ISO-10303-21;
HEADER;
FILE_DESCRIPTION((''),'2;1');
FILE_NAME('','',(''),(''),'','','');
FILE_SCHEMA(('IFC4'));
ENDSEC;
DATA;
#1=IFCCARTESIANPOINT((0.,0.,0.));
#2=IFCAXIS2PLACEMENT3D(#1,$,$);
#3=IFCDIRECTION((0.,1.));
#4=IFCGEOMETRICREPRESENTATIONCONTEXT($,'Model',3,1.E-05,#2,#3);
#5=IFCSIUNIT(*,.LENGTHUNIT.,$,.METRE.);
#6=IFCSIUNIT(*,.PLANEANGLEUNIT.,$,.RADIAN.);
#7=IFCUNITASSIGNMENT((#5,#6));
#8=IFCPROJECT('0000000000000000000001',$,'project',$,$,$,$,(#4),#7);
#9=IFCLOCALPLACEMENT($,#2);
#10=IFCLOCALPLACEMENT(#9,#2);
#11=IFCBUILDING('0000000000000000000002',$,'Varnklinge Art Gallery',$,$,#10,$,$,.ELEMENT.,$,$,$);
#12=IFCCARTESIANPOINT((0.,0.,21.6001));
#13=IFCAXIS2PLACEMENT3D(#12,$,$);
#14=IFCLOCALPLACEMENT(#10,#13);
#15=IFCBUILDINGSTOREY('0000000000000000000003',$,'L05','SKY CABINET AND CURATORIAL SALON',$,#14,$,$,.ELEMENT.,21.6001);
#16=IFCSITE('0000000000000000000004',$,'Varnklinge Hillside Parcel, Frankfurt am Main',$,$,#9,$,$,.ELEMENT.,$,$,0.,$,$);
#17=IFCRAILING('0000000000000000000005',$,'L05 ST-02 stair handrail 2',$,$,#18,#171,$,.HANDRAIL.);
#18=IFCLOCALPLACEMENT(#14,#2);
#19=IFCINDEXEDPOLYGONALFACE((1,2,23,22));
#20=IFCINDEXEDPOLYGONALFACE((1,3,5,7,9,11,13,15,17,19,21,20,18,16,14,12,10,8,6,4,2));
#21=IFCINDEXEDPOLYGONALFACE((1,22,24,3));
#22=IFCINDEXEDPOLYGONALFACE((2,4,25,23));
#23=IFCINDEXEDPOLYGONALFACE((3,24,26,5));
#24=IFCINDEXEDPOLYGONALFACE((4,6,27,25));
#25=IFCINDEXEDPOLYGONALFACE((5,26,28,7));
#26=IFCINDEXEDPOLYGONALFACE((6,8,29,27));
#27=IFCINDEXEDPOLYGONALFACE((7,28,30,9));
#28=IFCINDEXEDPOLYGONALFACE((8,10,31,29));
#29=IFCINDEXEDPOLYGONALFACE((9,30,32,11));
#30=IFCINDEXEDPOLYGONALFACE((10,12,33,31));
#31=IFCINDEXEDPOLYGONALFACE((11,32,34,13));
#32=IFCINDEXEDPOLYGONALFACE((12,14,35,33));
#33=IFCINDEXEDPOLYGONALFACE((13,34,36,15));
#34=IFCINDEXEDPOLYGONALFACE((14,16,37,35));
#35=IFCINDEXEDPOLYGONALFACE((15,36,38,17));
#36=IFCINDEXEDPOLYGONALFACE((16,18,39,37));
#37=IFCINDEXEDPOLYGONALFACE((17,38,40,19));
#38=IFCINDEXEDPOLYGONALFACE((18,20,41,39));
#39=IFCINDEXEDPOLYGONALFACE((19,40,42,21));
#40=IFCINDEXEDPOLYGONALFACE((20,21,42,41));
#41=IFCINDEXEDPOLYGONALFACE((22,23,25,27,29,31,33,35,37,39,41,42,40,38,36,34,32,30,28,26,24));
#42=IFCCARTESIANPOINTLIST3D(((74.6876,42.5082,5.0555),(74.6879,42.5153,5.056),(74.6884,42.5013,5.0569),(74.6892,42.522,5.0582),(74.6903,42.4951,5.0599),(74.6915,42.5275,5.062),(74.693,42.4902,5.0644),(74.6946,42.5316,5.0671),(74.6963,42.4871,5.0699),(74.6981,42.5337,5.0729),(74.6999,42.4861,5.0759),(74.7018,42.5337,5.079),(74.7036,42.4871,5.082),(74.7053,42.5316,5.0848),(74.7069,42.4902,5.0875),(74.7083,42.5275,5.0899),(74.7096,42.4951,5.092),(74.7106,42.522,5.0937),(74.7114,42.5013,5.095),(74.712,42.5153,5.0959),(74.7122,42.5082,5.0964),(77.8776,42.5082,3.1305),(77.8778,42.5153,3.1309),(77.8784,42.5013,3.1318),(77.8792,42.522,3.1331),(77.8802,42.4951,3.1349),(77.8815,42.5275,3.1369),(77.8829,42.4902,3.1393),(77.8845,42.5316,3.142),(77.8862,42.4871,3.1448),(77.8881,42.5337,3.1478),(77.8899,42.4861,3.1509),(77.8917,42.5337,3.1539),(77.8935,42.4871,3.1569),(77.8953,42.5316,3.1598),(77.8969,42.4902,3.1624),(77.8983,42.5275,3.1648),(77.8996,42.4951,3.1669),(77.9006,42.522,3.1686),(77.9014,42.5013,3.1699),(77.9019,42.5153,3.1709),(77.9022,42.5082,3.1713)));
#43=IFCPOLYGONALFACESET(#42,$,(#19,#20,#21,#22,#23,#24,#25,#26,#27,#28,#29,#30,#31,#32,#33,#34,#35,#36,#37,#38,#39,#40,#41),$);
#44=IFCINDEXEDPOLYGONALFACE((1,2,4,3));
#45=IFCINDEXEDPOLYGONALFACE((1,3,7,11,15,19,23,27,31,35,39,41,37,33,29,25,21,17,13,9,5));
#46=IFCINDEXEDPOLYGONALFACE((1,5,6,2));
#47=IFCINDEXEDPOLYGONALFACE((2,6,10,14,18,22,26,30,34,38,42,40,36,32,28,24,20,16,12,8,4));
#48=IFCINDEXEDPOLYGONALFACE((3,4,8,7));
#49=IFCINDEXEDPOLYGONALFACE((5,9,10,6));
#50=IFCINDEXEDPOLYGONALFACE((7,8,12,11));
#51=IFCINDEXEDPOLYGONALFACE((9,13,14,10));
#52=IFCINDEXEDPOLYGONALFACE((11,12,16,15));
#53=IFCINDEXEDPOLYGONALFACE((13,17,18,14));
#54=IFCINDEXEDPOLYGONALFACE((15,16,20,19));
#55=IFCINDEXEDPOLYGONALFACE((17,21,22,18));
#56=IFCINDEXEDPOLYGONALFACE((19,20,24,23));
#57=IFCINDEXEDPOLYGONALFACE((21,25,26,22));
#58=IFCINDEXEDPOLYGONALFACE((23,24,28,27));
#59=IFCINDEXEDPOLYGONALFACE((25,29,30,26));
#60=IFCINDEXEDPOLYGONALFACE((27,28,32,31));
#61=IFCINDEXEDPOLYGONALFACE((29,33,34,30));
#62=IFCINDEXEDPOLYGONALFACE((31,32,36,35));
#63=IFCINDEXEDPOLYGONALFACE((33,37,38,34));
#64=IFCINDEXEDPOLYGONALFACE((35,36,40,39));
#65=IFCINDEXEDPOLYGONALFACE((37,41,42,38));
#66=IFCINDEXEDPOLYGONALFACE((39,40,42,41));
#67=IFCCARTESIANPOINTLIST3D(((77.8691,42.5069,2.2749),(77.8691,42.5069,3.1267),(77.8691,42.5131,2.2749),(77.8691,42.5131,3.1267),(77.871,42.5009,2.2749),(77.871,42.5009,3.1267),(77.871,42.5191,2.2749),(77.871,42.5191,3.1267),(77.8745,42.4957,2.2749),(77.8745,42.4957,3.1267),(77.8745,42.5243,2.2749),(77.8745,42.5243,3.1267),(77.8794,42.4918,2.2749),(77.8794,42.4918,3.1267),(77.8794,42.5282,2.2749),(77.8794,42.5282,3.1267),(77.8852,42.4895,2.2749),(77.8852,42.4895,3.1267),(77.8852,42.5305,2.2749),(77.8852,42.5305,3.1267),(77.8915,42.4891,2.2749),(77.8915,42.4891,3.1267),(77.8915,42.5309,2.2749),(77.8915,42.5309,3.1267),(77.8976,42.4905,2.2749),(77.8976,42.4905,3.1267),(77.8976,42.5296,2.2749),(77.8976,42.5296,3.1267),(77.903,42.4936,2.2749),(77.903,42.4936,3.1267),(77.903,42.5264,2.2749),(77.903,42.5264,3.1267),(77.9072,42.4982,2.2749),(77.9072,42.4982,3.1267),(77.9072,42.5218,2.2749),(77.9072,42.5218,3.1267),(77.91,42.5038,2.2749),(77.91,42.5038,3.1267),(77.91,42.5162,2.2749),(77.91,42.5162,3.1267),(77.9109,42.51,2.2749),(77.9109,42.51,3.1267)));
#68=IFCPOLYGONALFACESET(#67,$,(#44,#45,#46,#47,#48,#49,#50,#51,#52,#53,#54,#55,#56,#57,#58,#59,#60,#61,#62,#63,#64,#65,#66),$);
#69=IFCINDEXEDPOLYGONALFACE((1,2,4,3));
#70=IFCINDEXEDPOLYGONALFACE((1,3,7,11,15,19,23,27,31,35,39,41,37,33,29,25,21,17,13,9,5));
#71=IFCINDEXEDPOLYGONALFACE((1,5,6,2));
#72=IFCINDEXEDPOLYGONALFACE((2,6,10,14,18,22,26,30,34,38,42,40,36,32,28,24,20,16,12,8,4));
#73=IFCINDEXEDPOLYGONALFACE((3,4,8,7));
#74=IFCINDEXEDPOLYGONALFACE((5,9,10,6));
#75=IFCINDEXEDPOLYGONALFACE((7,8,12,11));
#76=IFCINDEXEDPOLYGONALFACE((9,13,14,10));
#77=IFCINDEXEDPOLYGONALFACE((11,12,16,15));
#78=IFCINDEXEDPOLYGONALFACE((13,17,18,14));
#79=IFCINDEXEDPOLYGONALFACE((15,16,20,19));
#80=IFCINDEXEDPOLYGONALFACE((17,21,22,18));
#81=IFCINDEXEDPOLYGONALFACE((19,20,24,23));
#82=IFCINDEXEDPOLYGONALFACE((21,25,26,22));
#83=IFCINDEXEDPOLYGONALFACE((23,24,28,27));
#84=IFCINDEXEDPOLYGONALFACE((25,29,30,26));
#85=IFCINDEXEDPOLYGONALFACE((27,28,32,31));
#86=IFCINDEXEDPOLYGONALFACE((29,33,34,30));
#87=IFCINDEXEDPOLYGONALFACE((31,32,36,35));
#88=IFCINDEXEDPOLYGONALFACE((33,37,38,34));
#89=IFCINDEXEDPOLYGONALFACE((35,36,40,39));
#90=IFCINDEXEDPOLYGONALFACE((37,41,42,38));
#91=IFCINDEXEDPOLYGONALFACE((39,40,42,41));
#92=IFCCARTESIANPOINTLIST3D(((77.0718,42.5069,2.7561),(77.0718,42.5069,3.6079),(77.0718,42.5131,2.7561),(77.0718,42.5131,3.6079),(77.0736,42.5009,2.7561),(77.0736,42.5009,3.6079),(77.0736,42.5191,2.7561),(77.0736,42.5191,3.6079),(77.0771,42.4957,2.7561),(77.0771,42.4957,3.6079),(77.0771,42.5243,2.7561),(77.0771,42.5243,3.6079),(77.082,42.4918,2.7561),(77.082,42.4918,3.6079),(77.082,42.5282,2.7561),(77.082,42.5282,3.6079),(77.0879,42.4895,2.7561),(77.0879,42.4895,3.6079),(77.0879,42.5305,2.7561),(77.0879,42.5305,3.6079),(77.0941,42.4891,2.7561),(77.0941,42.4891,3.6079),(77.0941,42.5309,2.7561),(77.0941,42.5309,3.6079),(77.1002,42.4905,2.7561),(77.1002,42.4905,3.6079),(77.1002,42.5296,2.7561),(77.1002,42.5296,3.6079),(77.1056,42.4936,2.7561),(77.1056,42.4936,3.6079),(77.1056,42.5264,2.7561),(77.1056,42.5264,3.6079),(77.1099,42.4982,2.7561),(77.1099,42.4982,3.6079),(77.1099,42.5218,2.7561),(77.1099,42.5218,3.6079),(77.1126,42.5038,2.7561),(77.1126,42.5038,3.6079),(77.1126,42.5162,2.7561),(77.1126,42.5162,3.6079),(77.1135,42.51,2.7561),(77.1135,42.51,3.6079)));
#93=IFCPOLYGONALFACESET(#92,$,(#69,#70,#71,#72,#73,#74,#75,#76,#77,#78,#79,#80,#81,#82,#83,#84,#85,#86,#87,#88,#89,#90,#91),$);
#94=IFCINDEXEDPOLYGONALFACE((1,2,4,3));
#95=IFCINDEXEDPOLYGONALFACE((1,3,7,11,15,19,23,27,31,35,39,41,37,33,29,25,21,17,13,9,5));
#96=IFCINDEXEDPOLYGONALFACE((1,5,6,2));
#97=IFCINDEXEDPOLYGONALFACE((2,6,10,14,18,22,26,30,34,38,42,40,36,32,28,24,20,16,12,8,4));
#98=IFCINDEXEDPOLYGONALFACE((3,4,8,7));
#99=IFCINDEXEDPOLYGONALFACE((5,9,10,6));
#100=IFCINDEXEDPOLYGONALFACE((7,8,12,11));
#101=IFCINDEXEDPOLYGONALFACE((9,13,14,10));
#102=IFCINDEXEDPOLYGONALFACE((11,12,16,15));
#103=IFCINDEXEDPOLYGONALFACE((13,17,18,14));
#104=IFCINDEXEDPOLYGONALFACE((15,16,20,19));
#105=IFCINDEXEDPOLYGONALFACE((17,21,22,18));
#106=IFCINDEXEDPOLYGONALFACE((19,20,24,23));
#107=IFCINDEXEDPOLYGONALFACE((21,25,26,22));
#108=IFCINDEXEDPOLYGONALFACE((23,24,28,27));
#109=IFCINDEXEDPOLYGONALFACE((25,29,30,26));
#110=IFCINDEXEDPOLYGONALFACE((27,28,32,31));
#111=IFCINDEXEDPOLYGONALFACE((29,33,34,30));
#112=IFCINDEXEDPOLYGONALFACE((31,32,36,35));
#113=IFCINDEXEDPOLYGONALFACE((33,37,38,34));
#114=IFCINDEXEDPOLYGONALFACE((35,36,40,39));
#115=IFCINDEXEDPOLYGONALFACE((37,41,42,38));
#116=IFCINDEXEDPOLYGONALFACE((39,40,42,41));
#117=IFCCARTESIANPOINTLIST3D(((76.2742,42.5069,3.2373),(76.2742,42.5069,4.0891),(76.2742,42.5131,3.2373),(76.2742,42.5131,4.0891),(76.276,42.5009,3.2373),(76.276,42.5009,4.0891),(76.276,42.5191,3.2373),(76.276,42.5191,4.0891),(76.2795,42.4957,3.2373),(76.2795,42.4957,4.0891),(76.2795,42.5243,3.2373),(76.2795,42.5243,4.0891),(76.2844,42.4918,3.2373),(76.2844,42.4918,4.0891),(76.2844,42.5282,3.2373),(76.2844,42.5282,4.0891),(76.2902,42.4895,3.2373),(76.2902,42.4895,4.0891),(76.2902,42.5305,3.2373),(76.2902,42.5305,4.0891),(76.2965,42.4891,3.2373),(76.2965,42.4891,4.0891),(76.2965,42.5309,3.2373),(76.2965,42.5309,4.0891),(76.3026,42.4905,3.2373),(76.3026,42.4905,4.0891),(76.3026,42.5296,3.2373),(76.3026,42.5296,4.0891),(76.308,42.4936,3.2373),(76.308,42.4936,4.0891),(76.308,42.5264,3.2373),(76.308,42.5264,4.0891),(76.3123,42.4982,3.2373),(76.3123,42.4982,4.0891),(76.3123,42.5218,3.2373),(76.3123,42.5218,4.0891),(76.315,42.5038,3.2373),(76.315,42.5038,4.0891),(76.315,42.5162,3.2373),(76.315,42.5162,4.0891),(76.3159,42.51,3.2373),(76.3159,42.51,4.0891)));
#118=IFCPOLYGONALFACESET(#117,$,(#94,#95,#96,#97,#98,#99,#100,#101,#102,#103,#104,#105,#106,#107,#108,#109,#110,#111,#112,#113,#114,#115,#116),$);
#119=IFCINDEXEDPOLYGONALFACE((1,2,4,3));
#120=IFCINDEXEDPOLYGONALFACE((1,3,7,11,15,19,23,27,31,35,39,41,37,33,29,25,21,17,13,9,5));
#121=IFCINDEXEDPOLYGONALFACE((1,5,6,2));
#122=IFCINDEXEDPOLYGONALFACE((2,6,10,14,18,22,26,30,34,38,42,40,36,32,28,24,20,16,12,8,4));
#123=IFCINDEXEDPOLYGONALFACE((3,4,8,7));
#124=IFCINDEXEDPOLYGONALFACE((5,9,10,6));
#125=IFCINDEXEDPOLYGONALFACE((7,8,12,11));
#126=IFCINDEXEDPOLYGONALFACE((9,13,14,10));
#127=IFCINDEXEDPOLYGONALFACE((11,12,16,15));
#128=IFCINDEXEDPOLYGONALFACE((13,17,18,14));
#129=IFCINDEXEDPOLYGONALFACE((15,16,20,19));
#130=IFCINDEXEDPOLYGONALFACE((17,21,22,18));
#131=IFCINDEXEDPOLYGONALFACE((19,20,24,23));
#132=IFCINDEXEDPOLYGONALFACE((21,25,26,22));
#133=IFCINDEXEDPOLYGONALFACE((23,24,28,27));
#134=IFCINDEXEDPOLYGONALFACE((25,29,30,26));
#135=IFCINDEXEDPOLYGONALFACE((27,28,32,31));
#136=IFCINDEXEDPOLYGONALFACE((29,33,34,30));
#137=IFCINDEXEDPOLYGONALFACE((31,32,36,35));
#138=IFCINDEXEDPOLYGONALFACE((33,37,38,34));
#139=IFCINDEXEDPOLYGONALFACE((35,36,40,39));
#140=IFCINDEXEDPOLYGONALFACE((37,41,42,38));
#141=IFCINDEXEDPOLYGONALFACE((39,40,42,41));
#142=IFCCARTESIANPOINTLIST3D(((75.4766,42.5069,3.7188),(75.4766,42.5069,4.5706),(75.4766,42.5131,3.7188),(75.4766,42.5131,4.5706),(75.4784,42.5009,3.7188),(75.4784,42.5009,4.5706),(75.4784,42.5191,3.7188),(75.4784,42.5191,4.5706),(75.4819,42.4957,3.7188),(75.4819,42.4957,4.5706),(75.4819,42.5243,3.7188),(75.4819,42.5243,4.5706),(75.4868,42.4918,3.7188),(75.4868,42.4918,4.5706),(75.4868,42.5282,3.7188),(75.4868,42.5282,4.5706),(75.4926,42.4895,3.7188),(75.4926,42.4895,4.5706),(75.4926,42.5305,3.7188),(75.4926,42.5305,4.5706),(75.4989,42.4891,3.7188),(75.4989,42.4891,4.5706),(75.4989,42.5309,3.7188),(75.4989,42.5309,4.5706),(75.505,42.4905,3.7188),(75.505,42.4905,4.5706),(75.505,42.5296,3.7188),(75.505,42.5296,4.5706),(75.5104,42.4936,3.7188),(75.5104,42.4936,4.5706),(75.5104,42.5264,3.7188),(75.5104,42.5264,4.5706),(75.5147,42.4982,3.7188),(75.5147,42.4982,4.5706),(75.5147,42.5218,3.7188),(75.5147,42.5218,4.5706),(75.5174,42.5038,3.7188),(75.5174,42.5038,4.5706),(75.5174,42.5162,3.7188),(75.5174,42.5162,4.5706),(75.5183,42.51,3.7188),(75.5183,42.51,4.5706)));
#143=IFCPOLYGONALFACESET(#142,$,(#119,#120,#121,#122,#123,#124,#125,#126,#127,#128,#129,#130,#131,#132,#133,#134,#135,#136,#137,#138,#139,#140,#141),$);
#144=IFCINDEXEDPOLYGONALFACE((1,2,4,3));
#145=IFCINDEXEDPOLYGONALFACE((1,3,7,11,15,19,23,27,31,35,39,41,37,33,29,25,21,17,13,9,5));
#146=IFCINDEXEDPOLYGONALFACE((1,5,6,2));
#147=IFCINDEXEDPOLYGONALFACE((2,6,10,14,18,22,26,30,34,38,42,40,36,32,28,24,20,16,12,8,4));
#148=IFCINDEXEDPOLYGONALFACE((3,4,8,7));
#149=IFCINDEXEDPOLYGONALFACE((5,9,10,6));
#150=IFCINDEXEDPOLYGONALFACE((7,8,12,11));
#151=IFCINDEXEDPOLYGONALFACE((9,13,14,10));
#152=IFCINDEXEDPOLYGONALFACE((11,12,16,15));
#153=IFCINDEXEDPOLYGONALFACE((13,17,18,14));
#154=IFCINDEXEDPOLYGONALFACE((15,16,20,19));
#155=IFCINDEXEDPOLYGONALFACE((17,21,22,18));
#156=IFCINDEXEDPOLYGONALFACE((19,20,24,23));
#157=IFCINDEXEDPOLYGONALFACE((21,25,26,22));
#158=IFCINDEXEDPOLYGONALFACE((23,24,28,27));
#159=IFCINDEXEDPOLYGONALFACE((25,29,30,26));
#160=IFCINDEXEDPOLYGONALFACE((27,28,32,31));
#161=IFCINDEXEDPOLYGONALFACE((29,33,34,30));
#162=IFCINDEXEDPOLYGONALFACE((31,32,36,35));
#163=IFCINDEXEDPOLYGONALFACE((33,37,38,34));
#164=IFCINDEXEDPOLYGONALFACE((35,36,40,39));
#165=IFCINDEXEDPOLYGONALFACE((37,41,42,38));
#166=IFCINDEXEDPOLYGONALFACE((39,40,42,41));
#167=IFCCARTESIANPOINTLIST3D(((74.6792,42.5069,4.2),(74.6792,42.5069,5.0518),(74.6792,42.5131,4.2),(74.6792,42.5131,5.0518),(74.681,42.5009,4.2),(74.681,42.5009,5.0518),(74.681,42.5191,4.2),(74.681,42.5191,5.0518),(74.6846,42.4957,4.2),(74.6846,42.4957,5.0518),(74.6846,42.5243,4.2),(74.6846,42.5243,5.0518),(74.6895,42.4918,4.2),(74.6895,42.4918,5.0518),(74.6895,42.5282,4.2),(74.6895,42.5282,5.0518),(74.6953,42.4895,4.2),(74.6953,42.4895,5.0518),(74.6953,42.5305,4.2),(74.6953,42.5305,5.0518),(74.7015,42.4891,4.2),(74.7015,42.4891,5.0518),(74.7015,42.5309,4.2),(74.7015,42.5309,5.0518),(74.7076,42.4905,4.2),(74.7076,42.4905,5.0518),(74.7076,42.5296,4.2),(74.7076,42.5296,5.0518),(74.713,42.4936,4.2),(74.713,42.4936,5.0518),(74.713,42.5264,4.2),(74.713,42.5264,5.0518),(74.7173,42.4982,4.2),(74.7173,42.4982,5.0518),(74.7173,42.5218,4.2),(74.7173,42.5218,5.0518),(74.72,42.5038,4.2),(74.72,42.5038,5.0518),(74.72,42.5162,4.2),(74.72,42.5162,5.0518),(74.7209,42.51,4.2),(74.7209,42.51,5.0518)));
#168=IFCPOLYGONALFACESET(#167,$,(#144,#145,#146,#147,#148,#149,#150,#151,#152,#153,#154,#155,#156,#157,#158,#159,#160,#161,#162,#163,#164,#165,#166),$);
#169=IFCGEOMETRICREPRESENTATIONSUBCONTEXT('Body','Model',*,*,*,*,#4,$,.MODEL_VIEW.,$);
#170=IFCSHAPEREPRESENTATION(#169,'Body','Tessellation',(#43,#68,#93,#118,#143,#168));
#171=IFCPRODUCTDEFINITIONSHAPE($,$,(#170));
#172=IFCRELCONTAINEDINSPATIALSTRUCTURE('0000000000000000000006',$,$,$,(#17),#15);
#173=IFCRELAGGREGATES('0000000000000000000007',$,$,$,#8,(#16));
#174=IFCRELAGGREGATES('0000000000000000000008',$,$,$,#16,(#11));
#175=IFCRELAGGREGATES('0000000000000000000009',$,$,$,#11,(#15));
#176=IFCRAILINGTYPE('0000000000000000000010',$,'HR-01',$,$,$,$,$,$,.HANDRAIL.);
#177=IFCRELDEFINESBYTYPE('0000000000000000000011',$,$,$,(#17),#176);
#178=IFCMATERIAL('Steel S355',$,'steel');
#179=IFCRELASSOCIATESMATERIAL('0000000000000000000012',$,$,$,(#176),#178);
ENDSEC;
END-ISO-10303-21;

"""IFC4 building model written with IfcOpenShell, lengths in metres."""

from ifc_helpers import new_model, si_unit, direction, frame, origin, origin_2d, place, context, subcontext, project, spatial, circle, extrude, material, type_object, element, save


model = new_model("IFC4")

# Units and contexts
model_context = context("Model", 3, precision=1e-05, world=origin(), true_north=direction((0.0, 1.0)))
body_context = subcontext(model_context, "Body", "Model", "MODEL_VIEW")
ifc_project = project(units=[si_unit("LENGTHUNIT", "METRE"), si_unit("PLANEANGLEUNIT", "RADIAN")], contexts=[model_context])

# Site, building, storey
site_placement = place(None, origin())
site = spatial("IfcSite", under=ifc_project, at=site_placement, Name="Varnklinge Hillside Parcel, Frankfurt am Main", CompositionType="ELEMENT", RefElevation=0.0)
building_placement = place(site_placement, origin())
building = spatial("IfcBuilding", under=site, at=building_placement, Name="Varnklinge Art Gallery", CompositionType="ELEMENT")
storey_placement = place(building_placement, frame((0.0, 0.0, 21.6001)))
storey = spatial("IfcBuildingStorey", under=building, at=storey_placement, Name="L05", Description="SKY CABINET AND CURATORIAL SALON", CompositionType="ELEMENT", Elevation=21.6001)

# Railing
ifc_material_1 = material(Name="Steel S355", Category="steel")
railing_type_1 = type_object("IfcRailingType", Name="HR-01", PredefinedType="HANDRAIL", material=ifc_material_1)
railing_1_placement = place(storey_placement, frame((77.8899, 42.51, 2.2749)))
element("IfcRailing", 1, at=railing_1_placement, inside=storey, type_object=railing_type_1, Name="L05 ST-02 stair handrail 2", PredefinedType="HANDRAIL", context=body_context, shape_type="SweptSolid", body=[
    extrude(circle(Radius=0.0239, at=origin_2d()), frame((0.0, 0.0, 0.876), z_axis=(-0.856178, 0.0, 0.516682), x_axis=(0.0, -1.0, 0.0)), (0.0, 0.0, 1.0), 3.7258),
    extrude(circle(Radius=0.021, at=origin_2d()), origin(), (0.0, 0.0, 1.0), 0.8518),
    extrude(circle(Radius=0.021, at=origin_2d()), frame((-0.7974, 0.0, 0.4812)), (0.0, 0.0, 1.0), 0.8518),
    extrude(circle(Radius=0.021, at=origin_2d()), frame((-1.595, 0.0, 0.9624)), (0.0, 0.0, 1.0), 0.8518),
    extrude(circle(Radius=0.021, at=origin_2d()), frame((-2.3926, 0.0, 1.4438)), (0.0, 0.0, 1.0), 0.8518),
    extrude(circle(Radius=0.021, at=origin_2d()), frame((-3.1899, 0.0, 1.925)), (0.0, 0.0, 1.0), 0.8518),
])

save(model, "model.ifc")
